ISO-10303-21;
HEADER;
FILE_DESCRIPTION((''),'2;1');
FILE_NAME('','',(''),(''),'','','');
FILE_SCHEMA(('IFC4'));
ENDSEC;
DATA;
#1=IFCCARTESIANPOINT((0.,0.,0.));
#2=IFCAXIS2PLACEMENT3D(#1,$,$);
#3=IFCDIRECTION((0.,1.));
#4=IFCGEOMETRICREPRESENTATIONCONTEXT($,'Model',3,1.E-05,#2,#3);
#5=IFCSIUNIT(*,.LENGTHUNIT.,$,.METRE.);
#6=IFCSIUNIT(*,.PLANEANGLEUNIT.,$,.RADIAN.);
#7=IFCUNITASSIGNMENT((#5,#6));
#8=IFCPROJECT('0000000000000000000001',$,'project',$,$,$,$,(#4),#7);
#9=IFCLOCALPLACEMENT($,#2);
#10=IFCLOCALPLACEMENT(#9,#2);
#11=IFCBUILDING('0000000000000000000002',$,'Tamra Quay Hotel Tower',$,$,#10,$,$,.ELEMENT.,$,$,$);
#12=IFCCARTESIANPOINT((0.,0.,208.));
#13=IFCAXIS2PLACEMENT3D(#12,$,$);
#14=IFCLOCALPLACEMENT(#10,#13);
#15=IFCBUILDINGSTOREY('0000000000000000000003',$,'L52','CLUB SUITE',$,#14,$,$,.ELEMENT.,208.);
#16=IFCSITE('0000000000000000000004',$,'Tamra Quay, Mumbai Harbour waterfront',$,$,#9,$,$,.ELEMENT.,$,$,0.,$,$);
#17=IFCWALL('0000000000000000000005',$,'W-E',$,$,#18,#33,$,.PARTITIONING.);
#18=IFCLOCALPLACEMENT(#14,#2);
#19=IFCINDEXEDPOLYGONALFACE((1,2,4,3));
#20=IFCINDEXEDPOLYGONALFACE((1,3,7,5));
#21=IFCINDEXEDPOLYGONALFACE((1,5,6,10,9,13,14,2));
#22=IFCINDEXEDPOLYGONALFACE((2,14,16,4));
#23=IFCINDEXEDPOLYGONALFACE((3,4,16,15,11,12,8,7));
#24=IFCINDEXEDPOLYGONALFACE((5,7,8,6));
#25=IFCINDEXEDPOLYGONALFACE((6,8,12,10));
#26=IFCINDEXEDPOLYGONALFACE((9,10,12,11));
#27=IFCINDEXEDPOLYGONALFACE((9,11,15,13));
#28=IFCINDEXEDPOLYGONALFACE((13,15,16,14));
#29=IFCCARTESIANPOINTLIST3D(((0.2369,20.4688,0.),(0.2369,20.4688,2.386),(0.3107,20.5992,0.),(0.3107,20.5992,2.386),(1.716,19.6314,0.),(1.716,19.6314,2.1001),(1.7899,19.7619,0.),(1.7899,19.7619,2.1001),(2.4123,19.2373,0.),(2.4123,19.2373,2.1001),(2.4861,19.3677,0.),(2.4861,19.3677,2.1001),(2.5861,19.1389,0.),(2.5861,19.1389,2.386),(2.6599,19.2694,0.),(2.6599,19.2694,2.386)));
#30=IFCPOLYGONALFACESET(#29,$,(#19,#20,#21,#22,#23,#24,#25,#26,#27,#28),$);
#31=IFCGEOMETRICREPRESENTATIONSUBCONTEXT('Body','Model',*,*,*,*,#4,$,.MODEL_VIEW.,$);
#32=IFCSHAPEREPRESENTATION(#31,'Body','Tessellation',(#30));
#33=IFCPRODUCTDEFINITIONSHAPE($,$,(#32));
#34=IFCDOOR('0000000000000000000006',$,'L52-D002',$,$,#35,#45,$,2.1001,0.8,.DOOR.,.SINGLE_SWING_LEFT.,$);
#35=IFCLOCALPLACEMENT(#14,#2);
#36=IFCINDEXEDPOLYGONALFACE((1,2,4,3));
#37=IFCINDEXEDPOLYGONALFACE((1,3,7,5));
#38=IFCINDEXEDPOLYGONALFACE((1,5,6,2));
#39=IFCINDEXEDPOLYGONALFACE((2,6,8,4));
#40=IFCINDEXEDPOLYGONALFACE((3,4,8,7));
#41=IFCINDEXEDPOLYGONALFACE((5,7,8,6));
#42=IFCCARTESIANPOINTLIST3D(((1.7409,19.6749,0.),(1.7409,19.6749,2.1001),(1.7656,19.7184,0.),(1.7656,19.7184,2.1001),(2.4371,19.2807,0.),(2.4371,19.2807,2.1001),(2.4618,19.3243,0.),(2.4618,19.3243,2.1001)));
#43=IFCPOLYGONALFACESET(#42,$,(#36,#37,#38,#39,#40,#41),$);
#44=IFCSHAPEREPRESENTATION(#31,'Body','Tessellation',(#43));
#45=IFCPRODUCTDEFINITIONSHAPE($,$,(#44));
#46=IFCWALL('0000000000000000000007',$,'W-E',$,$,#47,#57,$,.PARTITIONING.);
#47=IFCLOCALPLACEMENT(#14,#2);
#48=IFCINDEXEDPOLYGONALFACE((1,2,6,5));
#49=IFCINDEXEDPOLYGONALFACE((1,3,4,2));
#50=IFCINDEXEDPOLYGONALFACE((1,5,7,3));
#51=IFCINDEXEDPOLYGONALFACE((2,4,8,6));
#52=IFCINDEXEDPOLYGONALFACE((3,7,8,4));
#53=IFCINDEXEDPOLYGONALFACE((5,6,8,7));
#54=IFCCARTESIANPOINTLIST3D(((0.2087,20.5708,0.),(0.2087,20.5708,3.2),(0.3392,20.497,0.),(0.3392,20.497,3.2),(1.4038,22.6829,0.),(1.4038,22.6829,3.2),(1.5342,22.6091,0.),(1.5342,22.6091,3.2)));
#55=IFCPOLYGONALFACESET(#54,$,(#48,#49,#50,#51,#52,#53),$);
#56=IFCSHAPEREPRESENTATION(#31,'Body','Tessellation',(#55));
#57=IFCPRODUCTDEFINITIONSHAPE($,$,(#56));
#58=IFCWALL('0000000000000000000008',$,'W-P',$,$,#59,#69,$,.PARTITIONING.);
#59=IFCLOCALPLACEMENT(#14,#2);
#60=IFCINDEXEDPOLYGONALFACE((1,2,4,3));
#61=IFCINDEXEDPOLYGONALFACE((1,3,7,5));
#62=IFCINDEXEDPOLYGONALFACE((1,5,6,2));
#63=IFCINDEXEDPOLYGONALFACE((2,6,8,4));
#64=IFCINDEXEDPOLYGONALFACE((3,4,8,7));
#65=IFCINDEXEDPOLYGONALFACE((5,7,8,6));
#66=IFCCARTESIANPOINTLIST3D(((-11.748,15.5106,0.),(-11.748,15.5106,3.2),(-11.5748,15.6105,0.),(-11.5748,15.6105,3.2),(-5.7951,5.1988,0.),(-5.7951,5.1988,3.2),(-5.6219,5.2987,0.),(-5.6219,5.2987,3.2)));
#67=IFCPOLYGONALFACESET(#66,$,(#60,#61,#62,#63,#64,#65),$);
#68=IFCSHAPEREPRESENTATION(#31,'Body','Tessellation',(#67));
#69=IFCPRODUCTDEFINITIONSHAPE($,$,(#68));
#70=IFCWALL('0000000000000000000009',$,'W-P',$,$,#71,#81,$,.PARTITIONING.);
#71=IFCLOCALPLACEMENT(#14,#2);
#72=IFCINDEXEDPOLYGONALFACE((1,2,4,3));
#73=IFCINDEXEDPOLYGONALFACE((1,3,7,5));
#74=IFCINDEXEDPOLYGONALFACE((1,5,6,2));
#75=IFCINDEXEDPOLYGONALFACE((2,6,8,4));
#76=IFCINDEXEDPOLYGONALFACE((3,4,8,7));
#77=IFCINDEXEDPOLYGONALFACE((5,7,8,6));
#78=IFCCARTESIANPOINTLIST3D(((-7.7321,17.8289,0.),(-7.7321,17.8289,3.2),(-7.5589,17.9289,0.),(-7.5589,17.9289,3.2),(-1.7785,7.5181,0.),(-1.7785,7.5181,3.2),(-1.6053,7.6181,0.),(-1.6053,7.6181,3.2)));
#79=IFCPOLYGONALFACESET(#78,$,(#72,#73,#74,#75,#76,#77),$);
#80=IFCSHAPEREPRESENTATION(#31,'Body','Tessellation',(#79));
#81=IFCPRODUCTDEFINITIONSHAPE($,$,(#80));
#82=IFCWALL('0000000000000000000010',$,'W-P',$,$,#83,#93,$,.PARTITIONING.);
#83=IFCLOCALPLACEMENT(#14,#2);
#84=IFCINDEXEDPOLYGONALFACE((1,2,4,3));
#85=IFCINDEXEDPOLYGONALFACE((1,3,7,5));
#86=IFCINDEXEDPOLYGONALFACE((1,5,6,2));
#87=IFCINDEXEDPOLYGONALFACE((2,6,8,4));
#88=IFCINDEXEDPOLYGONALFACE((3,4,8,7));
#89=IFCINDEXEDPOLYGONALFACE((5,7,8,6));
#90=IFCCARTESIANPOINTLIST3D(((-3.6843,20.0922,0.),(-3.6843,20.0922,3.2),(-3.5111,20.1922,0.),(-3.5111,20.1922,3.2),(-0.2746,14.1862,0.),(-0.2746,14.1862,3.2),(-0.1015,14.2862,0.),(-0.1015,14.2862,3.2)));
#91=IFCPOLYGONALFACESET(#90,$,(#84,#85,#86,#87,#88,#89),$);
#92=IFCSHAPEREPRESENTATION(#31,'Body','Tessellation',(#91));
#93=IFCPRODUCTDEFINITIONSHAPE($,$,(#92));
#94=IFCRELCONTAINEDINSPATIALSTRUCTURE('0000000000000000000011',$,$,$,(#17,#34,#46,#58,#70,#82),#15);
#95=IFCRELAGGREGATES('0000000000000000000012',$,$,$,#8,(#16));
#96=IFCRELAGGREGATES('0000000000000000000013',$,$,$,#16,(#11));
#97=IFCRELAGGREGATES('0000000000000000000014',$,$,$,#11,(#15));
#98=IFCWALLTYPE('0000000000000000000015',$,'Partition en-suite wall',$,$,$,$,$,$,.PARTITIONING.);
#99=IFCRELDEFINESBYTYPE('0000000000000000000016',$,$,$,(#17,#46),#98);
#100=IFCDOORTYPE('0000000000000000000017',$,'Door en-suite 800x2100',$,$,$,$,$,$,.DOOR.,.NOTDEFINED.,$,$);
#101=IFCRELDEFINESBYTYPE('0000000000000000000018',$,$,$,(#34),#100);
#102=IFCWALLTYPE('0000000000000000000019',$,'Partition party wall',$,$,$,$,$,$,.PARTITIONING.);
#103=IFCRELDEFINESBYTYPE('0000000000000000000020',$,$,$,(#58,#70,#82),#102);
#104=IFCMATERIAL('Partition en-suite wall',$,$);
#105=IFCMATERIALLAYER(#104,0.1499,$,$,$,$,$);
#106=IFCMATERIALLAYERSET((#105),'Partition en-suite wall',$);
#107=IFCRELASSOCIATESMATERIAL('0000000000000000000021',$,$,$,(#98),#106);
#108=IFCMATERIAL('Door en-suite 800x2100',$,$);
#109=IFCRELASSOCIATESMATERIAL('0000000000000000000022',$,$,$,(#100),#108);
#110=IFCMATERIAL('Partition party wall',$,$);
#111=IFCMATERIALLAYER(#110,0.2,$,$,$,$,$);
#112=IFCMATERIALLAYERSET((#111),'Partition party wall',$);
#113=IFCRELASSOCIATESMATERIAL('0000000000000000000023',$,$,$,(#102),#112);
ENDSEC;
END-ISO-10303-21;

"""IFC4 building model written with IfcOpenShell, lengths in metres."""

from ifc_helpers import new_model, si_unit, direction, frame, frame_2d, origin, place, context, subcontext, project, spatial, rectangle, extrude, material, layer, layer_set, type_object, element, fill, save


model = new_model("IFC4")

# Units and contexts
model_context = context("Model", 3, precision=1e-05, world=origin(), true_north=direction((0.0, 1.0)))
body_context = subcontext(model_context, "Body", "Model", "MODEL_VIEW")
ifc_project = project(units=[si_unit("LENGTHUNIT", "METRE"), si_unit("PLANEANGLEUNIT", "RADIAN")], contexts=[model_context])

# Site, building, storey
site_placement = place(None, origin())
site = spatial("IfcSite", under=ifc_project, at=site_placement, Name="Tamra Quay, Mumbai Harbour waterfront", CompositionType="ELEMENT", RefElevation=0.0)
building_placement = place(site_placement, origin())
building = spatial("IfcBuilding", under=site, at=building_placement, Name="Tamra Quay Hotel Tower", CompositionType="ELEMENT")
storey_placement = place(building_placement, frame((0.0, 0.0, 208.0)))
storey = spatial("IfcBuildingStorey", under=building, at=storey_placement, Name="L52", Description="CLUB SUITE", CompositionType="ELEMENT", Elevation=208.0)

# Wall, opening, door
ifc_material_1 = material(Name="Partition en-suite wall")
ifc_layer_1 = layer(ifc_material_1, 0.1499)
ifc_layer_set_1 = layer_set([ifc_layer_1], Name="Partition en-suite wall")
wall_type_1 = type_object("IfcWallType", Name="Partition en-suite wall", PredefinedType="PARTITIONING", material=ifc_layer_set_1)
wall_1_placement = place(storey_placement, frame((0.2739, 20.5339, 0.0), z_axis=(0.0, 0.0, 1.0), x_axis=(0.870234, -0.492638, 0.0)))
wall_1 = element("IfcWall", 1, at=wall_1_placement, inside=storey, type_object=wall_type_1, Name="W-E", PredefinedType="PARTITIONING", context=body_context, shape_type="SweptSolid", body=[
    extrude(rectangle(XDim=2.6995, YDim=0.1499, at=frame_2d((1.3496, 0.0))), origin(), (0.0, 0.0, 1.0), 2.386),
])
opening_1_placement = place(wall_1_placement, frame((1.6997, 0.0, 0.0)))
opening_1 = element("IfcOpeningElement", 2, at=opening_1_placement, cuts=wall_1, PredefinedType="OPENING", context=body_context, shape_type="SweptSolid", body=[
    extrude(rectangle(XDim=0.8, YDim=2.1001, at=frame_2d((0.3999, 1.05))), frame((0.0, 0.085, 0.0), z_axis=(0.0, -1.0, 0.0), x_axis=(1.0, 0.0, 0.0)), (0.0, 0.0, 1.0), 0.1699),
])
ifc_material_2 = material(Name="Door en-suite 800x2100")
door_type_1 = type_object("IfcDoorType", Name="Door en-suite 800x2100", OperationType="NOTDEFINED", PredefinedType="DOOR", material=ifc_material_2)
door_1_placement = place(opening_1_placement, frame((0.8, 0.0, 0.0), z_axis=(0.0, 0.0, 1.0), x_axis=(-1.0, 0.0, 0.0)))
door_1 = element("IfcDoor", 3, at=door_1_placement, inside=storey, type_object=door_type_1, Name="L52-D002", OperationType="SINGLE_SWING_LEFT", OverallHeight=2.1001, OverallWidth=0.8, PredefinedType="DOOR", context=body_context, shape_type="SweptSolid", body=[
    extrude(rectangle(XDim=0.8, YDim=2.1001, at=frame_2d((0.3999, 1.05))), frame((0.0, 0.0249, 0.0), z_axis=(0.0, -1.0, 0.0), x_axis=(1.0, 0.0, 0.0)), (0.0, 0.0, 1.0), 0.05),
])
fill(opening_1, door_1)

# Walls
wall_2_placement = place(storey_placement, frame((0.2739, 20.5339, 0.0), z_axis=(0.0, 0.0, 1.0), x_axis=(0.492462, 0.870334, 0.0)))
element("IfcWall", 4, at=wall_2_placement, inside=storey, type_object=wall_type_1, Name="W-E", PredefinedType="PARTITIONING", context=body_context, shape_type="SweptSolid", body=[
    extrude(rectangle(XDim=2.4268, YDim=0.1499, at=frame_2d((1.2134, 0.0))), origin(), (0.0, 0.0, 1.0), 3.2),
])
ifc_material_3 = material(Name="Partition party wall")
ifc_layer_2 = layer(ifc_material_3, 0.2)
ifc_layer_set_2 = layer_set([ifc_layer_2], Name="Partition party wall")
wall_type_2 = type_object("IfcWallType", Name="Partition party wall", PredefinedType="PARTITIONING", material=ifc_layer_set_2)
wall_3_placement = place(storey_placement, frame((-11.6614, 15.5605, 0.0), z_axis=(0.0, 0.0, 1.0), x_axis=(0.499961, -0.866048, 0.0)))
element("IfcWall", 5, at=wall_3_placement, inside=storey, type_object=wall_type_2, Name="W-P", PredefinedType="PARTITIONING", context=body_context, shape_type="SweptSolid", body=[
    extrude(rectangle(XDim=11.9067, YDim=0.2, at=frame_2d((5.9534, 0.0))), origin(), (0.0, 0.0, 1.0), 3.2),
])
wall_4_placement = place(storey_placement, frame((-7.6455, 17.8789, 0.0), z_axis=(0.0, 0.0, 1.0), x_axis=(0.500043, -0.866001, 0.0)))
element("IfcWall", 6, at=wall_4_placement, inside=storey, type_object=wall_type_2, Name="W-P", PredefinedType="PARTITIONING", context=body_context, shape_type="SweptSolid", body=[
    extrude(rectangle(XDim=11.9062, YDim=0.2, at=frame_2d((5.9531, 0.0))), origin(), (0.0, 0.0, 1.0), 3.2),
])
wall_5_placement = place(storey_placement, frame((-3.5977, 20.1421, 0.0), z_axis=(0.0, 0.0, 1.0), x_axis=(0.499982, -0.866036, 0.0)))
element("IfcWall", 7, at=wall_5_placement, inside=storey, type_object=wall_type_2, Name="W-P", PredefinedType="PARTITIONING", context=body_context, shape_type="SweptSolid", body=[
    extrude(rectangle(XDim=6.8196, YDim=0.2, at=frame_2d((3.4097, 0.0))), origin(), (0.0, 0.0, 1.0), 3.2),
])

save(model, "model.ifc")
